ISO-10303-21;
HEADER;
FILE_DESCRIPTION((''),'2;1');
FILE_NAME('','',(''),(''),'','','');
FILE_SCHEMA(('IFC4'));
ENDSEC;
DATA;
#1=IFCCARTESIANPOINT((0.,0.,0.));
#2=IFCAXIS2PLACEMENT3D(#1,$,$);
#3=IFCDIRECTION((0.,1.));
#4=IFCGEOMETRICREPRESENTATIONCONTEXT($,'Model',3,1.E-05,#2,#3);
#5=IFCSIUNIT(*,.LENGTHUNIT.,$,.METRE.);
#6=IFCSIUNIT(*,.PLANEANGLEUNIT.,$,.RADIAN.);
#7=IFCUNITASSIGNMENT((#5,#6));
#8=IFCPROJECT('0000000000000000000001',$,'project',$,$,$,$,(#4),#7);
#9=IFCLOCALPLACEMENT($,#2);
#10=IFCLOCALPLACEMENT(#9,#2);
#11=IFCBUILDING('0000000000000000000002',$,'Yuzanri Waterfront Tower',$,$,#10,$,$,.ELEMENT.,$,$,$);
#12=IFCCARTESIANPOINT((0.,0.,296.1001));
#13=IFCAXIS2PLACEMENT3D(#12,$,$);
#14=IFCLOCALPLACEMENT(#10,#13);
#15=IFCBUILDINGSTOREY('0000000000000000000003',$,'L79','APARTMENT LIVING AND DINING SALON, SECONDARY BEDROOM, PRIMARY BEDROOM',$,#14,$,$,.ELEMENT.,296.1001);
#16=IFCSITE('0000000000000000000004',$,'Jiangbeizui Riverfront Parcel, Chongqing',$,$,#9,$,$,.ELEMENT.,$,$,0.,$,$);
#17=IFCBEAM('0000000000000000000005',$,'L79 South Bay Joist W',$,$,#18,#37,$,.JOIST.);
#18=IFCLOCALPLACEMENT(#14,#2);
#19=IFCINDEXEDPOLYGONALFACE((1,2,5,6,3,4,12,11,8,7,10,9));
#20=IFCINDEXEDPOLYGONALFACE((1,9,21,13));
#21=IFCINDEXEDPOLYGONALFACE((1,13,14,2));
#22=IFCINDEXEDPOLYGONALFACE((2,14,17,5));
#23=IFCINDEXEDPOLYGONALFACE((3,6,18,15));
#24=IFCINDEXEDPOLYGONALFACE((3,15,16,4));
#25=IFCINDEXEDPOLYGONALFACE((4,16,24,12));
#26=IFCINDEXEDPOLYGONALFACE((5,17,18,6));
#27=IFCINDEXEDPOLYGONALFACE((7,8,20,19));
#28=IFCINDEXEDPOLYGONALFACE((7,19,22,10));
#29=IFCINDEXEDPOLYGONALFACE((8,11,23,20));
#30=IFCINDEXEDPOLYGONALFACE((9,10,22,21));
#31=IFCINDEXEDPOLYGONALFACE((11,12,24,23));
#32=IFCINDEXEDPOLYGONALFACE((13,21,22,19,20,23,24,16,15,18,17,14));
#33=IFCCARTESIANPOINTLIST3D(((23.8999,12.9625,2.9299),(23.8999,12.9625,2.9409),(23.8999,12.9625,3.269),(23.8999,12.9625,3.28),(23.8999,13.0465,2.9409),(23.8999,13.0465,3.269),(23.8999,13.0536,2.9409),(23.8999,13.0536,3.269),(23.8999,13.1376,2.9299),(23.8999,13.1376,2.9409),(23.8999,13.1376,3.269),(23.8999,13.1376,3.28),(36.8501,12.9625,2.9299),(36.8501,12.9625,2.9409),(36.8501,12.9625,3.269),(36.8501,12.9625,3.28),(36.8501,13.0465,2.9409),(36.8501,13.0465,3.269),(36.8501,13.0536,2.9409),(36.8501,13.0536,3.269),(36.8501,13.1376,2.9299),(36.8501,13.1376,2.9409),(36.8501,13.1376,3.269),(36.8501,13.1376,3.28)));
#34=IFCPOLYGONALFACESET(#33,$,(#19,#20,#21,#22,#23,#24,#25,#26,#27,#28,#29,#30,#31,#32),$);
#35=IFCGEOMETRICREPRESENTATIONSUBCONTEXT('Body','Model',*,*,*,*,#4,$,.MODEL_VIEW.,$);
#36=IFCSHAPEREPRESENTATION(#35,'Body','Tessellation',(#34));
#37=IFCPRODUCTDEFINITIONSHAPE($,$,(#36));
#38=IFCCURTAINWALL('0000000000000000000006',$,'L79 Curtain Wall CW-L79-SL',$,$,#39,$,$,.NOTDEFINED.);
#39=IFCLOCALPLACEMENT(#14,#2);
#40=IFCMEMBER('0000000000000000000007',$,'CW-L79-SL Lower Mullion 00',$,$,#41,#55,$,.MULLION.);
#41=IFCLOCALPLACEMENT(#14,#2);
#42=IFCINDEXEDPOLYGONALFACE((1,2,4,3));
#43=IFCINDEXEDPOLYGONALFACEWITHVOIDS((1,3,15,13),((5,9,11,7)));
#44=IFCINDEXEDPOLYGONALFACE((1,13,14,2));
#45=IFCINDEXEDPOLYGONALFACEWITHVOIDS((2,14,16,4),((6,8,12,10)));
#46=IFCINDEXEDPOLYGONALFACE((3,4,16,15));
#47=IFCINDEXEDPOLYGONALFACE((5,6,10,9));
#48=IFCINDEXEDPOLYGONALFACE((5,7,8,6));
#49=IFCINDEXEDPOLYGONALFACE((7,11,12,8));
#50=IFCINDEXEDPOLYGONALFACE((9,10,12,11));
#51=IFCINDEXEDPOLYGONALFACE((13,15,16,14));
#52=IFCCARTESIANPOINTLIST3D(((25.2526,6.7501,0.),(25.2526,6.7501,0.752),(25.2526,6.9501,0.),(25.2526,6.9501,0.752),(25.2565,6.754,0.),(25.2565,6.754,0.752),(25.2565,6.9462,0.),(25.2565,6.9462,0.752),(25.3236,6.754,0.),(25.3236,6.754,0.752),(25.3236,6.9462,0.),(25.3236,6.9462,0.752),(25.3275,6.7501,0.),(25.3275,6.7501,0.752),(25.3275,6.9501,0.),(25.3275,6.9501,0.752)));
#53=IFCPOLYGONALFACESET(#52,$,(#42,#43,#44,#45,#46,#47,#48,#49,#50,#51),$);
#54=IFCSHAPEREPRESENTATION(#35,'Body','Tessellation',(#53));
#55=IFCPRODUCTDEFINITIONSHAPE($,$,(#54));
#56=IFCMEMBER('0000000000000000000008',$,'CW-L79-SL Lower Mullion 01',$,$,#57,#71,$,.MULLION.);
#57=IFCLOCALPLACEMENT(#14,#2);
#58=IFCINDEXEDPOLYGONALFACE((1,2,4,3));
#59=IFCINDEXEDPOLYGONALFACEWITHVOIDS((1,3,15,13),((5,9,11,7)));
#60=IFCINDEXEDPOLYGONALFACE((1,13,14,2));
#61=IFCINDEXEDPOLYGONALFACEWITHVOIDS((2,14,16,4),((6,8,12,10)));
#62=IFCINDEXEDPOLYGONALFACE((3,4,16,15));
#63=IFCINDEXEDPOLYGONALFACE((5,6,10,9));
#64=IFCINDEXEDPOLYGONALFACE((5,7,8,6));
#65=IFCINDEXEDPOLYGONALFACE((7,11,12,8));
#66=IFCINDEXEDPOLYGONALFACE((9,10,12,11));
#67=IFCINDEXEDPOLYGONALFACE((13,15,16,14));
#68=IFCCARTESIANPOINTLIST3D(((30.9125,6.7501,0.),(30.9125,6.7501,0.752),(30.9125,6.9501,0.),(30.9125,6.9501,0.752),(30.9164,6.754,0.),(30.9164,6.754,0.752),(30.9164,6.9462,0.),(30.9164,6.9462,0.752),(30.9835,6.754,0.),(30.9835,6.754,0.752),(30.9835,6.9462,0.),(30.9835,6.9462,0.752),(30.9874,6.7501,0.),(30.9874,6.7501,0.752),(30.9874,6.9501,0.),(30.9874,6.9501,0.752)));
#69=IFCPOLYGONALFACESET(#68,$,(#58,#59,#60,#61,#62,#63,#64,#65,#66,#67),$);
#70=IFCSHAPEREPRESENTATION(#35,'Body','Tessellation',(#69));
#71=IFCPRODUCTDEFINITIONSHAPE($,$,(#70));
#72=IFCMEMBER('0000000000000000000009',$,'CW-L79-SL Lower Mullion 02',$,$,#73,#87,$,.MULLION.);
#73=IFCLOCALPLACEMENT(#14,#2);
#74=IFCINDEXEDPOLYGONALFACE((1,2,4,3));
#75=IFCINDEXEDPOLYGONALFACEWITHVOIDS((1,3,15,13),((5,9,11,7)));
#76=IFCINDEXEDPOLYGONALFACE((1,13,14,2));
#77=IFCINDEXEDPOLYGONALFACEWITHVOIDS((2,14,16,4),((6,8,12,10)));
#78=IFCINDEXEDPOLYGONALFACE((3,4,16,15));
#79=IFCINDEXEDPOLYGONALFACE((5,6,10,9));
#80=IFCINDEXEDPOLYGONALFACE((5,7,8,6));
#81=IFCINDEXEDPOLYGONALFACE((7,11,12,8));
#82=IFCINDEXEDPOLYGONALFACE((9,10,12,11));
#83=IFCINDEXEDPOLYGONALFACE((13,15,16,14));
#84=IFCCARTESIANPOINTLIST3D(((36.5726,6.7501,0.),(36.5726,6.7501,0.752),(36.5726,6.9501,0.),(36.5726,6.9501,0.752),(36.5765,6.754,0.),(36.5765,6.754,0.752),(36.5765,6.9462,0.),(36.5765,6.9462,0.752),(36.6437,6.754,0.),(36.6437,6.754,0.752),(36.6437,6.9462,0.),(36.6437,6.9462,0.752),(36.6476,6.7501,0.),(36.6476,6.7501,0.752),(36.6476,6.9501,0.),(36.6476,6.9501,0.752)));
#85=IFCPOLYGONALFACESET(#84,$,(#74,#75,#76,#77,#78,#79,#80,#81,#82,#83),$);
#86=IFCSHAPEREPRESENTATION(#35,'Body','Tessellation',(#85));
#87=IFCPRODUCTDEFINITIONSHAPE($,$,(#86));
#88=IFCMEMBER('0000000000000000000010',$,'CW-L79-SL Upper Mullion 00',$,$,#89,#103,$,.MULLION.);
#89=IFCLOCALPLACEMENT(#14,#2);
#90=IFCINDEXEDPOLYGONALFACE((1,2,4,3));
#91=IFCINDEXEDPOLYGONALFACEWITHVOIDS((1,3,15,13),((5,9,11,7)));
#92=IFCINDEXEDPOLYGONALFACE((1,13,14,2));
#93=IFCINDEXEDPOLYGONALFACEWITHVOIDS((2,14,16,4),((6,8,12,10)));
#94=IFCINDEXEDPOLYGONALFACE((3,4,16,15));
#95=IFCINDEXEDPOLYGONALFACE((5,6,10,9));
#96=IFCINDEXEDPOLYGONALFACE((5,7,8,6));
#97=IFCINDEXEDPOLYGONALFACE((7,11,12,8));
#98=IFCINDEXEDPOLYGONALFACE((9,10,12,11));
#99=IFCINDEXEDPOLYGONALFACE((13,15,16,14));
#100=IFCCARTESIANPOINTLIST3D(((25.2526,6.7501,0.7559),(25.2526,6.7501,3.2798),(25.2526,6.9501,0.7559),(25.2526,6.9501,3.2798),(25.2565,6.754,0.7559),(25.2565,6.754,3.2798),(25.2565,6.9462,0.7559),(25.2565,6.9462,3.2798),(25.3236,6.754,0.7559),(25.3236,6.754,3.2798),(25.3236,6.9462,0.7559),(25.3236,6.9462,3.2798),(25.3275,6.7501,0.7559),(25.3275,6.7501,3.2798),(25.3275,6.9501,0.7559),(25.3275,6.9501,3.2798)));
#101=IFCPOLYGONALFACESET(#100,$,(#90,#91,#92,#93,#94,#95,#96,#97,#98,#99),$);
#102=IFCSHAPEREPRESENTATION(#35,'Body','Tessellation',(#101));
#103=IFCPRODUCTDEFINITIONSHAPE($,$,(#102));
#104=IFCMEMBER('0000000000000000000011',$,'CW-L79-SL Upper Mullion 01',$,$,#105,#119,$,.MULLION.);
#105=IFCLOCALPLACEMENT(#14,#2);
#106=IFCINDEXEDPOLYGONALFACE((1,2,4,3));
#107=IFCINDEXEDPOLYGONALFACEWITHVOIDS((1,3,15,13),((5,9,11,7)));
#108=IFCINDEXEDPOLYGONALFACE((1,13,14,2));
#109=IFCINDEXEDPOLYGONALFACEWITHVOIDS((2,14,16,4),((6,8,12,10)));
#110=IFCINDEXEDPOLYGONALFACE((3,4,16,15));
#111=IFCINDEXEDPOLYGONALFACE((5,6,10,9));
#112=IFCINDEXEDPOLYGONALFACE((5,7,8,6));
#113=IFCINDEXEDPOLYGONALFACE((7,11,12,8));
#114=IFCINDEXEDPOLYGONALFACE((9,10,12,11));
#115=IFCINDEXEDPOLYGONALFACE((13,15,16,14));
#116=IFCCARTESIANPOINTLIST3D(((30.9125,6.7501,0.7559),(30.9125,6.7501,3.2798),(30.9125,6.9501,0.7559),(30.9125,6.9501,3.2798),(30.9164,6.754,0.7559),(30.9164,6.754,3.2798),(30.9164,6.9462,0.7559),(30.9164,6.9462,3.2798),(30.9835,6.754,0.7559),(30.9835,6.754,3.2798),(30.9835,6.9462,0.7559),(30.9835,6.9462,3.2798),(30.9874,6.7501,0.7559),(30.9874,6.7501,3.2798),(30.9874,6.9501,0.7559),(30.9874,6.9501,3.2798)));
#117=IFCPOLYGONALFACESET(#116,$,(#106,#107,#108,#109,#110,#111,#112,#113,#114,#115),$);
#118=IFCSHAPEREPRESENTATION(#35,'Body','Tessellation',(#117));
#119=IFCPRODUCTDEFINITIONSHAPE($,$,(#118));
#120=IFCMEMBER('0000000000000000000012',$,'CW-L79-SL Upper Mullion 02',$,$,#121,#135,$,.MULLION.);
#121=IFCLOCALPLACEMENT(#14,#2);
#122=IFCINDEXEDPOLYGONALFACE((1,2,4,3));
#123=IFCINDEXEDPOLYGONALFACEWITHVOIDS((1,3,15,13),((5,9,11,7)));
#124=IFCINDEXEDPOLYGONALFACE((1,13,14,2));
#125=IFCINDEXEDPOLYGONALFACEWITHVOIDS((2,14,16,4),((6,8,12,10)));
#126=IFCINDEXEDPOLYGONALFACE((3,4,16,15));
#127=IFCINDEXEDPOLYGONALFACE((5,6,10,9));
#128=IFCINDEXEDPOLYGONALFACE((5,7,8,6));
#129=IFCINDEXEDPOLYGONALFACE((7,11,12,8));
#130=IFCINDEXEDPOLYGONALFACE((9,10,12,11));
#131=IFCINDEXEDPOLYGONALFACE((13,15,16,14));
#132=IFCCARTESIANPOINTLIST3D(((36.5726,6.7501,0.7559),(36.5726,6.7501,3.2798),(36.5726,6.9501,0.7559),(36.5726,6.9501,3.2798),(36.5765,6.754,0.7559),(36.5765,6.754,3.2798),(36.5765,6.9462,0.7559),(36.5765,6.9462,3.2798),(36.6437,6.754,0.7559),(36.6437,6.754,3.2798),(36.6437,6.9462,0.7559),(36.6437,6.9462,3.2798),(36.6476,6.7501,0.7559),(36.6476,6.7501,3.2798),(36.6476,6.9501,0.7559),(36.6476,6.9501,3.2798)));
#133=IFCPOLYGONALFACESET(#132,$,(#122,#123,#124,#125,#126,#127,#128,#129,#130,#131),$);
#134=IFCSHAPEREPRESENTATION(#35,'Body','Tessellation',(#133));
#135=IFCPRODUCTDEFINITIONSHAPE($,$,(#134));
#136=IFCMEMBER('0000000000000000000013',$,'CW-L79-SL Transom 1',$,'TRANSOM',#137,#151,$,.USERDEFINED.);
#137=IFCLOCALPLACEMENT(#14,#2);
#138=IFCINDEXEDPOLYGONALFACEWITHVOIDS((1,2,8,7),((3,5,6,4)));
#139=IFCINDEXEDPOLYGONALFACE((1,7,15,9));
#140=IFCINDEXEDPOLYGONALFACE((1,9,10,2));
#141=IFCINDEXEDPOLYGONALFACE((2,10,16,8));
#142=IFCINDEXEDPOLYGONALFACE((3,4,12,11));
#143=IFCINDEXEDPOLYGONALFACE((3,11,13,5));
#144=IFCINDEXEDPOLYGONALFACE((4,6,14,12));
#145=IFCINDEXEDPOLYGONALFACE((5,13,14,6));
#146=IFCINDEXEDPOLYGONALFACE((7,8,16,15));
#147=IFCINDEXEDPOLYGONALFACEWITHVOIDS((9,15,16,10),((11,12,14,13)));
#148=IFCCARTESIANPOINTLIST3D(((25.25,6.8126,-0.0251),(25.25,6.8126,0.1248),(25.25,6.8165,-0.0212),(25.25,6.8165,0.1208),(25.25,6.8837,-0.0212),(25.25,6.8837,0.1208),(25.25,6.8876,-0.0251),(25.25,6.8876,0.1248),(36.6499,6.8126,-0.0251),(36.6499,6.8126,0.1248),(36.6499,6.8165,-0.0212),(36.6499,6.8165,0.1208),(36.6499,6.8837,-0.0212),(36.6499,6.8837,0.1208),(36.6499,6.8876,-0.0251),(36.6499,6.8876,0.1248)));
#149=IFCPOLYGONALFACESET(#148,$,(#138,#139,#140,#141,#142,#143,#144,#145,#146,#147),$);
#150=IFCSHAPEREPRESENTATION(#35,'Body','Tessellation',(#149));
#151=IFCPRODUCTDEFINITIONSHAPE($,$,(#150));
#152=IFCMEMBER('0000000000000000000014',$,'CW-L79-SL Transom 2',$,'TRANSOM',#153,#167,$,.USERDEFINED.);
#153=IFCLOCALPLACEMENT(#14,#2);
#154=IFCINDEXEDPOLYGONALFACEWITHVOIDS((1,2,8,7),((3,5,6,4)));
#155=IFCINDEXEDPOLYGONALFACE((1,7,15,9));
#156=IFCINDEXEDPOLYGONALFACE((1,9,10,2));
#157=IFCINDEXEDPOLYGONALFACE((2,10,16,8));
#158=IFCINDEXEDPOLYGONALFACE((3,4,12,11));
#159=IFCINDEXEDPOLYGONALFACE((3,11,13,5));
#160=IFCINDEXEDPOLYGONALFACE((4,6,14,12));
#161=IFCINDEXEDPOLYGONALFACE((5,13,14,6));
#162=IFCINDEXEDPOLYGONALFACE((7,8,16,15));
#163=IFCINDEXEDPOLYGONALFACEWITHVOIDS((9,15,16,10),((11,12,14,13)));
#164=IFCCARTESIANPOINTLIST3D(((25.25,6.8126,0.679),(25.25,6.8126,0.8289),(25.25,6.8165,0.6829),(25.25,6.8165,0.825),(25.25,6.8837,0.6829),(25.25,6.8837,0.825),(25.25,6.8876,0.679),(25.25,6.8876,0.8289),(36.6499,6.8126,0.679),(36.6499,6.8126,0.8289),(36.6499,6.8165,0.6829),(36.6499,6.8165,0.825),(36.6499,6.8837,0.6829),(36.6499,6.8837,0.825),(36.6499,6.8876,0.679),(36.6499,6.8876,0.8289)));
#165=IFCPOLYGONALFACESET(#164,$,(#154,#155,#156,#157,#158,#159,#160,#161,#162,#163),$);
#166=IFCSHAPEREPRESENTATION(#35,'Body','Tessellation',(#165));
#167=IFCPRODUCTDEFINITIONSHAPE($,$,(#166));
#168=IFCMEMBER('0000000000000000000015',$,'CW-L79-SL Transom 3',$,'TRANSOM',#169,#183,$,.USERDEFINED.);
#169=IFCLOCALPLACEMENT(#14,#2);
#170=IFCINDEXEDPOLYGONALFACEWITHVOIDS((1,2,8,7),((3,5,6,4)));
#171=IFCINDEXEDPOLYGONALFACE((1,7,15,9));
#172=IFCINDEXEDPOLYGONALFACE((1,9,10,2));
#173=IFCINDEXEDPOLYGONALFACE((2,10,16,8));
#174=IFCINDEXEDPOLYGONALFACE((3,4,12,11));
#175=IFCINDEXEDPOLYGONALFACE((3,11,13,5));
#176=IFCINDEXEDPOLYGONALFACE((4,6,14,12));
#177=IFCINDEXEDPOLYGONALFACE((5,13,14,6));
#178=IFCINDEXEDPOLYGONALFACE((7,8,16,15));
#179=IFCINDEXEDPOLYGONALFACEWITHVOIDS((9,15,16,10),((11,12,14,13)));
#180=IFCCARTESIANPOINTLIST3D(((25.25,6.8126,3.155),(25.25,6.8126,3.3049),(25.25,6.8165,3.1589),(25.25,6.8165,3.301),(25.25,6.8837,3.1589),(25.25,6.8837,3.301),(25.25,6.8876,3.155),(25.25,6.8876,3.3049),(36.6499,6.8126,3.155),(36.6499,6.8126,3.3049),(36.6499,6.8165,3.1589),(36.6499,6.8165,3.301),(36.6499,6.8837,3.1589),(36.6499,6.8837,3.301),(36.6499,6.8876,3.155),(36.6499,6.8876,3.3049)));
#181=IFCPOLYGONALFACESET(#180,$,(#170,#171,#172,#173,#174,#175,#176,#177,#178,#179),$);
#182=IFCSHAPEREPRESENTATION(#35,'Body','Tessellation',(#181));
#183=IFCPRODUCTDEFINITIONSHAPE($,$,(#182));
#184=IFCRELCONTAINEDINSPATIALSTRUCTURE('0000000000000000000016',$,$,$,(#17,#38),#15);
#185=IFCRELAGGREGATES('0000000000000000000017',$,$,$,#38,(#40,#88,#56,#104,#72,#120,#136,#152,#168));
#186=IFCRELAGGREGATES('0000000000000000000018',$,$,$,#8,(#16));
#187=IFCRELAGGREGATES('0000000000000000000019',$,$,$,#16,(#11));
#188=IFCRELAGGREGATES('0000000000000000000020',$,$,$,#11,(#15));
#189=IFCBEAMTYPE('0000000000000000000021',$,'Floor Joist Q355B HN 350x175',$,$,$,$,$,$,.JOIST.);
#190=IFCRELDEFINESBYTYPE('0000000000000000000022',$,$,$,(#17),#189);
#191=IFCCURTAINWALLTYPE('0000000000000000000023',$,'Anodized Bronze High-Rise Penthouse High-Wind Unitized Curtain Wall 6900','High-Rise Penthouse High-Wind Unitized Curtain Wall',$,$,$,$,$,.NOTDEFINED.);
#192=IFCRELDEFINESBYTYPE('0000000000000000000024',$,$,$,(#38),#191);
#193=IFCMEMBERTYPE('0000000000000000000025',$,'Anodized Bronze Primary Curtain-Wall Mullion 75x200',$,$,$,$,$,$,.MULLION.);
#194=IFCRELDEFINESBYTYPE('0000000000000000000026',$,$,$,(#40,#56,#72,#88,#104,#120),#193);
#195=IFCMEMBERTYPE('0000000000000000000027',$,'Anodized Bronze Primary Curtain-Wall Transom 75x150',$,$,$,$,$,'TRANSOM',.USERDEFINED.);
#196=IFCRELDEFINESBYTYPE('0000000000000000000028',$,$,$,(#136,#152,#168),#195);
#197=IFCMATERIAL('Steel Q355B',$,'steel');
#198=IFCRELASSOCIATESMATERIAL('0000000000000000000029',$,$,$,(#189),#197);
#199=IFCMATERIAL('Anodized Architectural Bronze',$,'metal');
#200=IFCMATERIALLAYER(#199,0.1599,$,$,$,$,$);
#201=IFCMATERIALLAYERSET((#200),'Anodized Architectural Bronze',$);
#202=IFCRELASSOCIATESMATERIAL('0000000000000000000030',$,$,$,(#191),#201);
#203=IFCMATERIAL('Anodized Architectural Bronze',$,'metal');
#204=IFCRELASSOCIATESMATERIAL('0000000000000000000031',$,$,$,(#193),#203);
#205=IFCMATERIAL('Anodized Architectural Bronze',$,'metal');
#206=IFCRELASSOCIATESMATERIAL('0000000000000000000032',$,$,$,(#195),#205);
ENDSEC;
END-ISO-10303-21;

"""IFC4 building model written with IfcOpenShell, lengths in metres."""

from ifc_helpers import new_model, si_unit, direction, frame, origin, origin_2d, place, context, subcontext, project, spatial, hollow_rectangle, i_section, extrude, source, transform, mapped, material, layer, layer_set, material_profile, profile_set, type_object, element, aggregate, save


model = new_model("IFC4")

# Units and contexts
model_context = context("Model", 3, precision=1e-05, world=origin(), true_north=direction((0.0, 1.0)))
body_context = subcontext(model_context, "Body", "Model", "MODEL_VIEW")
ifc_project = project(units=[si_unit("LENGTHUNIT", "METRE"), si_unit("PLANEANGLEUNIT", "RADIAN")], contexts=[model_context])

# Site, building, storey
site_placement = place(None, origin())
site = spatial("IfcSite", under=ifc_project, at=site_placement, Name="Jiangbeizui Riverfront Parcel, Chongqing", CompositionType="ELEMENT", RefElevation=0.0)
building_placement = place(site_placement, origin())
building = spatial("IfcBuilding", under=site, at=building_placement, Name="Yuzanri Waterfront Tower", CompositionType="ELEMENT")
storey_placement = place(building_placement, frame((0.0, 0.0, 296.1001)))
storey = spatial("IfcBuildingStorey", under=building, at=storey_placement, Name="L79", Description="APARTMENT LIVING AND DINING SALON, SECONDARY BEDROOM, PRIMARY BEDROOM", CompositionType="ELEMENT", Elevation=296.1001)

# Beam
ifc_material_1 = material(Name="Steel Q355B", Category="steel")
ifc_material_profile_1 = material_profile(ifc_material_1, i_section(OverallWidth=0.175, OverallDepth=0.3501, WebThickness=0.0071, FlangeThickness=0.011, at=origin_2d()), Name="HN 350x175x7x11")
ifc_profile_set_1 = profile_set([ifc_material_profile_1], Name="Steel Q355B")
beam_type = type_object("IfcBeamType", Name="Floor Joist Q355B HN 350x175", PredefinedType="JOIST", material=ifc_profile_set_1)
shared_shape_1 = source(origin(), body_context, "Body", "SweptSolid", [
    extrude(i_section(OverallWidth=0.175, OverallDepth=0.3501, WebThickness=0.0071, FlangeThickness=0.011, at=origin_2d()), origin(), (0.0, 0.0, 1.0), 12.9502),
])
beam_placement = place(storey_placement, frame((23.8999, 13.05, 3.105), z_axis=(1.0, 0.0, 0.0), x_axis=(0.0, 1.0, 0.0)))
element("IfcBeam", 1, at=beam_placement, inside=storey, type_object=beam_type, Name="L79 South Bay Joist W", PredefinedType="JOIST", context=body_context, shape_type="MappedRepresentation", body=[
    mapped(shared_shape_1, transform((0.0, 0.0, 0.0), scale=1.0)),
])

# Curtain wall, members
ifc_material_2 = material(Name="Anodized Architectural Bronze", Category="metal")
ifc_layer_1 = layer(ifc_material_2, 0.1599)
ifc_layer_set_1 = layer_set([ifc_layer_1], Name="Anodized Architectural Bronze")
curtain_wall_type = type_object("IfcCurtainWallType", Name="Anodized Bronze High-Rise Penthouse High-Wind Unitized Curtain Wall 6900", Description="High-Rise Penthouse High-Wind Unitized Curtain Wall", PredefinedType="NOTDEFINED", material=ifc_layer_set_1)
curtain_wall_placement = place(storey_placement, origin())
curtain_wall = element("IfcCurtainWall", 2, at=curtain_wall_placement, inside=storey, type_object=curtain_wall_type, Name="L79 Curtain Wall CW-L79-SL", PredefinedType="NOTDEFINED")
ifc_material_3 = material(Name="Anodized Architectural Bronze", Category="metal")
ifc_material_profile_2 = material_profile(ifc_material_3, hollow_rectangle(XDim=0.075, YDim=0.2, WallThickness=0.0039, at=origin_2d()), Name="CWM 75x200")
ifc_profile_set_2 = profile_set([ifc_material_profile_2], Name="Anodized Architectural Bronze")
member_type_1 = type_object("IfcMemberType", Name="Anodized Bronze Primary Curtain-Wall Mullion 75x200", PredefinedType="MULLION", material=ifc_profile_set_2)
shared_shape_2 = source(origin(), body_context, "Body", "SweptSolid", [
    extrude(hollow_rectangle(XDim=0.075, YDim=0.2, WallThickness=0.0039, at=origin_2d()), origin(), (0.0, 0.0, 1.0), 0.752),
])
member_1_placement = place(storey_placement, frame((25.29, 6.8501, 0.0), z_axis=(0.0, 0.0, 1.0), x_axis=(1.0, 0.0, 0.0)))
member_1 = element("IfcMember", 3, at=member_1_placement, type_object=member_type_1, Name="CW-L79-SL Lower Mullion 00", PredefinedType="MULLION", context=body_context, shape_type="MappedRepresentation", body=[
    mapped(shared_shape_2, transform((0.0, 0.0, 0.0), scale=1.0)),
])
member_2_placement = place(storey_placement, frame((30.95, 6.8501, 0.0), z_axis=(0.0, 0.0, 1.0), x_axis=(1.0, 0.0, 0.0)))
member_2 = element("IfcMember", 4, at=member_2_placement, type_object=member_type_1, Name="CW-L79-SL Lower Mullion 01", PredefinedType="MULLION", context=body_context, shape_type="MappedRepresentation", body=[
    mapped(shared_shape_2, transform((0.0, 0.0, 0.0), scale=1.0)),
])
member_3_placement = place(storey_placement, frame((36.6101, 6.8501, 0.0), z_axis=(0.0, 0.0, 1.0), x_axis=(1.0, 0.0, 0.0)))
member_3 = element("IfcMember", 5, at=member_3_placement, type_object=member_type_1, Name="CW-L79-SL Lower Mullion 02", PredefinedType="MULLION", context=body_context, shape_type="MappedRepresentation", body=[
    mapped(shared_shape_2, transform((0.0, 0.0, 0.0), scale=1.0)),
])
shared_shape_3 = source(origin(), body_context, "Body", "SweptSolid", [
    extrude(hollow_rectangle(XDim=0.075, YDim=0.2, WallThickness=0.0039, at=origin_2d()), origin(), (0.0, 0.0, 1.0), 2.5239),
])
member_4_placement = place(storey_placement, frame((25.29, 6.8501, 0.7559), z_axis=(0.0, 0.0, 1.0), x_axis=(1.0, 0.0, 0.0)))
member_4 = element("IfcMember", 6, at=member_4_placement, type_object=member_type_1, Name="CW-L79-SL Upper Mullion 00", PredefinedType="MULLION", context=body_context, shape_type="MappedRepresentation", body=[
    mapped(shared_shape_3, transform((0.0, 0.0, 0.0), scale=1.0)),
])
member_5_placement = place(storey_placement, frame((30.95, 6.8501, 0.7559), z_axis=(0.0, 0.0, 1.0), x_axis=(1.0, 0.0, 0.0)))
member_5 = element("IfcMember", 7, at=member_5_placement, type_object=member_type_1, Name="CW-L79-SL Upper Mullion 01", PredefinedType="MULLION", context=body_context, shape_type="MappedRepresentation", body=[
    mapped(shared_shape_3, transform((0.0, 0.0, 0.0), scale=1.0)),
])
member_6_placement = place(storey_placement, frame((36.6101, 6.8501, 0.7559), z_axis=(0.0, 0.0, 1.0), x_axis=(1.0, 0.0, 0.0)))
member_6 = element("IfcMember", 8, at=member_6_placement, type_object=member_type_1, Name="CW-L79-SL Upper Mullion 02", PredefinedType="MULLION", context=body_context, shape_type="MappedRepresentation", body=[
    mapped(shared_shape_3, transform((0.0, 0.0, 0.0), scale=1.0)),
])
ifc_material_4 = material(Name="Anodized Architectural Bronze", Category="metal")
ifc_material_profile_3 = material_profile(ifc_material_4, hollow_rectangle(XDim=0.075, YDim=0.1499, WallThickness=0.0039, at=origin_2d()), Name="CWT 75x150")
ifc_profile_set_3 = profile_set([ifc_material_profile_3], Name="Anodized Architectural Bronze")
member_type_2 = type_object("IfcMemberType", Name="Anodized Bronze Primary Curtain-Wall Transom 75x150", ElementType="TRANSOM", PredefinedType="USERDEFINED", material=ifc_profile_set_3)
shared_shape_4 = source(origin(), body_context, "Body", "SweptSolid", [
    extrude(hollow_rectangle(XDim=0.075, YDim=0.1499, WallThickness=0.0039, at=origin_2d()), origin(), (0.0, 0.0, 1.0), 11.3999),
])
member_7_placement = place(storey_placement, frame((25.25, 6.8501, 0.0498), z_axis=(1.0, 0.0, 0.0), x_axis=(0.0, 1.0, 0.0)))
member_7 = element("IfcMember", 9, at=member_7_placement, type_object=member_type_2, Name="CW-L79-SL Transom 1", ObjectType="TRANSOM", PredefinedType="USERDEFINED", context=body_context, shape_type="MappedRepresentation", body=[
    mapped(shared_shape_4, transform((0.0, 0.0, 0.0), scale=1.0)),
])
member_8_placement = place(storey_placement, frame((25.25, 6.8501, 0.7539), z_axis=(1.0, 0.0, 0.0), x_axis=(0.0, 1.0, 0.0)))
member_8 = element("IfcMember", 10, at=member_8_placement, type_object=member_type_2, Name="CW-L79-SL Transom 2", ObjectType="TRANSOM", PredefinedType="USERDEFINED", context=body_context, shape_type="MappedRepresentation", body=[
    mapped(shared_shape_4, transform((0.0, 0.0, 0.0), scale=1.0)),
])
member_9_placement = place(storey_placement, frame((25.25, 6.8501, 3.23), z_axis=(1.0, 0.0, 0.0), x_axis=(0.0, 1.0, 0.0)))
member_9 = element("IfcMember", 11, at=member_9_placement, type_object=member_type_2, Name="CW-L79-SL Transom 3", ObjectType="TRANSOM", PredefinedType="USERDEFINED", context=body_context, shape_type="MappedRepresentation", body=[
    mapped(shared_shape_4, transform((0.0, 0.0, 0.0), scale=1.0)),
])

aggregate(curtain_wall, [member_1, member_4, member_2, member_5, member_3, member_6, member_7, member_8, member_9])

save(model, "model.ifc")
